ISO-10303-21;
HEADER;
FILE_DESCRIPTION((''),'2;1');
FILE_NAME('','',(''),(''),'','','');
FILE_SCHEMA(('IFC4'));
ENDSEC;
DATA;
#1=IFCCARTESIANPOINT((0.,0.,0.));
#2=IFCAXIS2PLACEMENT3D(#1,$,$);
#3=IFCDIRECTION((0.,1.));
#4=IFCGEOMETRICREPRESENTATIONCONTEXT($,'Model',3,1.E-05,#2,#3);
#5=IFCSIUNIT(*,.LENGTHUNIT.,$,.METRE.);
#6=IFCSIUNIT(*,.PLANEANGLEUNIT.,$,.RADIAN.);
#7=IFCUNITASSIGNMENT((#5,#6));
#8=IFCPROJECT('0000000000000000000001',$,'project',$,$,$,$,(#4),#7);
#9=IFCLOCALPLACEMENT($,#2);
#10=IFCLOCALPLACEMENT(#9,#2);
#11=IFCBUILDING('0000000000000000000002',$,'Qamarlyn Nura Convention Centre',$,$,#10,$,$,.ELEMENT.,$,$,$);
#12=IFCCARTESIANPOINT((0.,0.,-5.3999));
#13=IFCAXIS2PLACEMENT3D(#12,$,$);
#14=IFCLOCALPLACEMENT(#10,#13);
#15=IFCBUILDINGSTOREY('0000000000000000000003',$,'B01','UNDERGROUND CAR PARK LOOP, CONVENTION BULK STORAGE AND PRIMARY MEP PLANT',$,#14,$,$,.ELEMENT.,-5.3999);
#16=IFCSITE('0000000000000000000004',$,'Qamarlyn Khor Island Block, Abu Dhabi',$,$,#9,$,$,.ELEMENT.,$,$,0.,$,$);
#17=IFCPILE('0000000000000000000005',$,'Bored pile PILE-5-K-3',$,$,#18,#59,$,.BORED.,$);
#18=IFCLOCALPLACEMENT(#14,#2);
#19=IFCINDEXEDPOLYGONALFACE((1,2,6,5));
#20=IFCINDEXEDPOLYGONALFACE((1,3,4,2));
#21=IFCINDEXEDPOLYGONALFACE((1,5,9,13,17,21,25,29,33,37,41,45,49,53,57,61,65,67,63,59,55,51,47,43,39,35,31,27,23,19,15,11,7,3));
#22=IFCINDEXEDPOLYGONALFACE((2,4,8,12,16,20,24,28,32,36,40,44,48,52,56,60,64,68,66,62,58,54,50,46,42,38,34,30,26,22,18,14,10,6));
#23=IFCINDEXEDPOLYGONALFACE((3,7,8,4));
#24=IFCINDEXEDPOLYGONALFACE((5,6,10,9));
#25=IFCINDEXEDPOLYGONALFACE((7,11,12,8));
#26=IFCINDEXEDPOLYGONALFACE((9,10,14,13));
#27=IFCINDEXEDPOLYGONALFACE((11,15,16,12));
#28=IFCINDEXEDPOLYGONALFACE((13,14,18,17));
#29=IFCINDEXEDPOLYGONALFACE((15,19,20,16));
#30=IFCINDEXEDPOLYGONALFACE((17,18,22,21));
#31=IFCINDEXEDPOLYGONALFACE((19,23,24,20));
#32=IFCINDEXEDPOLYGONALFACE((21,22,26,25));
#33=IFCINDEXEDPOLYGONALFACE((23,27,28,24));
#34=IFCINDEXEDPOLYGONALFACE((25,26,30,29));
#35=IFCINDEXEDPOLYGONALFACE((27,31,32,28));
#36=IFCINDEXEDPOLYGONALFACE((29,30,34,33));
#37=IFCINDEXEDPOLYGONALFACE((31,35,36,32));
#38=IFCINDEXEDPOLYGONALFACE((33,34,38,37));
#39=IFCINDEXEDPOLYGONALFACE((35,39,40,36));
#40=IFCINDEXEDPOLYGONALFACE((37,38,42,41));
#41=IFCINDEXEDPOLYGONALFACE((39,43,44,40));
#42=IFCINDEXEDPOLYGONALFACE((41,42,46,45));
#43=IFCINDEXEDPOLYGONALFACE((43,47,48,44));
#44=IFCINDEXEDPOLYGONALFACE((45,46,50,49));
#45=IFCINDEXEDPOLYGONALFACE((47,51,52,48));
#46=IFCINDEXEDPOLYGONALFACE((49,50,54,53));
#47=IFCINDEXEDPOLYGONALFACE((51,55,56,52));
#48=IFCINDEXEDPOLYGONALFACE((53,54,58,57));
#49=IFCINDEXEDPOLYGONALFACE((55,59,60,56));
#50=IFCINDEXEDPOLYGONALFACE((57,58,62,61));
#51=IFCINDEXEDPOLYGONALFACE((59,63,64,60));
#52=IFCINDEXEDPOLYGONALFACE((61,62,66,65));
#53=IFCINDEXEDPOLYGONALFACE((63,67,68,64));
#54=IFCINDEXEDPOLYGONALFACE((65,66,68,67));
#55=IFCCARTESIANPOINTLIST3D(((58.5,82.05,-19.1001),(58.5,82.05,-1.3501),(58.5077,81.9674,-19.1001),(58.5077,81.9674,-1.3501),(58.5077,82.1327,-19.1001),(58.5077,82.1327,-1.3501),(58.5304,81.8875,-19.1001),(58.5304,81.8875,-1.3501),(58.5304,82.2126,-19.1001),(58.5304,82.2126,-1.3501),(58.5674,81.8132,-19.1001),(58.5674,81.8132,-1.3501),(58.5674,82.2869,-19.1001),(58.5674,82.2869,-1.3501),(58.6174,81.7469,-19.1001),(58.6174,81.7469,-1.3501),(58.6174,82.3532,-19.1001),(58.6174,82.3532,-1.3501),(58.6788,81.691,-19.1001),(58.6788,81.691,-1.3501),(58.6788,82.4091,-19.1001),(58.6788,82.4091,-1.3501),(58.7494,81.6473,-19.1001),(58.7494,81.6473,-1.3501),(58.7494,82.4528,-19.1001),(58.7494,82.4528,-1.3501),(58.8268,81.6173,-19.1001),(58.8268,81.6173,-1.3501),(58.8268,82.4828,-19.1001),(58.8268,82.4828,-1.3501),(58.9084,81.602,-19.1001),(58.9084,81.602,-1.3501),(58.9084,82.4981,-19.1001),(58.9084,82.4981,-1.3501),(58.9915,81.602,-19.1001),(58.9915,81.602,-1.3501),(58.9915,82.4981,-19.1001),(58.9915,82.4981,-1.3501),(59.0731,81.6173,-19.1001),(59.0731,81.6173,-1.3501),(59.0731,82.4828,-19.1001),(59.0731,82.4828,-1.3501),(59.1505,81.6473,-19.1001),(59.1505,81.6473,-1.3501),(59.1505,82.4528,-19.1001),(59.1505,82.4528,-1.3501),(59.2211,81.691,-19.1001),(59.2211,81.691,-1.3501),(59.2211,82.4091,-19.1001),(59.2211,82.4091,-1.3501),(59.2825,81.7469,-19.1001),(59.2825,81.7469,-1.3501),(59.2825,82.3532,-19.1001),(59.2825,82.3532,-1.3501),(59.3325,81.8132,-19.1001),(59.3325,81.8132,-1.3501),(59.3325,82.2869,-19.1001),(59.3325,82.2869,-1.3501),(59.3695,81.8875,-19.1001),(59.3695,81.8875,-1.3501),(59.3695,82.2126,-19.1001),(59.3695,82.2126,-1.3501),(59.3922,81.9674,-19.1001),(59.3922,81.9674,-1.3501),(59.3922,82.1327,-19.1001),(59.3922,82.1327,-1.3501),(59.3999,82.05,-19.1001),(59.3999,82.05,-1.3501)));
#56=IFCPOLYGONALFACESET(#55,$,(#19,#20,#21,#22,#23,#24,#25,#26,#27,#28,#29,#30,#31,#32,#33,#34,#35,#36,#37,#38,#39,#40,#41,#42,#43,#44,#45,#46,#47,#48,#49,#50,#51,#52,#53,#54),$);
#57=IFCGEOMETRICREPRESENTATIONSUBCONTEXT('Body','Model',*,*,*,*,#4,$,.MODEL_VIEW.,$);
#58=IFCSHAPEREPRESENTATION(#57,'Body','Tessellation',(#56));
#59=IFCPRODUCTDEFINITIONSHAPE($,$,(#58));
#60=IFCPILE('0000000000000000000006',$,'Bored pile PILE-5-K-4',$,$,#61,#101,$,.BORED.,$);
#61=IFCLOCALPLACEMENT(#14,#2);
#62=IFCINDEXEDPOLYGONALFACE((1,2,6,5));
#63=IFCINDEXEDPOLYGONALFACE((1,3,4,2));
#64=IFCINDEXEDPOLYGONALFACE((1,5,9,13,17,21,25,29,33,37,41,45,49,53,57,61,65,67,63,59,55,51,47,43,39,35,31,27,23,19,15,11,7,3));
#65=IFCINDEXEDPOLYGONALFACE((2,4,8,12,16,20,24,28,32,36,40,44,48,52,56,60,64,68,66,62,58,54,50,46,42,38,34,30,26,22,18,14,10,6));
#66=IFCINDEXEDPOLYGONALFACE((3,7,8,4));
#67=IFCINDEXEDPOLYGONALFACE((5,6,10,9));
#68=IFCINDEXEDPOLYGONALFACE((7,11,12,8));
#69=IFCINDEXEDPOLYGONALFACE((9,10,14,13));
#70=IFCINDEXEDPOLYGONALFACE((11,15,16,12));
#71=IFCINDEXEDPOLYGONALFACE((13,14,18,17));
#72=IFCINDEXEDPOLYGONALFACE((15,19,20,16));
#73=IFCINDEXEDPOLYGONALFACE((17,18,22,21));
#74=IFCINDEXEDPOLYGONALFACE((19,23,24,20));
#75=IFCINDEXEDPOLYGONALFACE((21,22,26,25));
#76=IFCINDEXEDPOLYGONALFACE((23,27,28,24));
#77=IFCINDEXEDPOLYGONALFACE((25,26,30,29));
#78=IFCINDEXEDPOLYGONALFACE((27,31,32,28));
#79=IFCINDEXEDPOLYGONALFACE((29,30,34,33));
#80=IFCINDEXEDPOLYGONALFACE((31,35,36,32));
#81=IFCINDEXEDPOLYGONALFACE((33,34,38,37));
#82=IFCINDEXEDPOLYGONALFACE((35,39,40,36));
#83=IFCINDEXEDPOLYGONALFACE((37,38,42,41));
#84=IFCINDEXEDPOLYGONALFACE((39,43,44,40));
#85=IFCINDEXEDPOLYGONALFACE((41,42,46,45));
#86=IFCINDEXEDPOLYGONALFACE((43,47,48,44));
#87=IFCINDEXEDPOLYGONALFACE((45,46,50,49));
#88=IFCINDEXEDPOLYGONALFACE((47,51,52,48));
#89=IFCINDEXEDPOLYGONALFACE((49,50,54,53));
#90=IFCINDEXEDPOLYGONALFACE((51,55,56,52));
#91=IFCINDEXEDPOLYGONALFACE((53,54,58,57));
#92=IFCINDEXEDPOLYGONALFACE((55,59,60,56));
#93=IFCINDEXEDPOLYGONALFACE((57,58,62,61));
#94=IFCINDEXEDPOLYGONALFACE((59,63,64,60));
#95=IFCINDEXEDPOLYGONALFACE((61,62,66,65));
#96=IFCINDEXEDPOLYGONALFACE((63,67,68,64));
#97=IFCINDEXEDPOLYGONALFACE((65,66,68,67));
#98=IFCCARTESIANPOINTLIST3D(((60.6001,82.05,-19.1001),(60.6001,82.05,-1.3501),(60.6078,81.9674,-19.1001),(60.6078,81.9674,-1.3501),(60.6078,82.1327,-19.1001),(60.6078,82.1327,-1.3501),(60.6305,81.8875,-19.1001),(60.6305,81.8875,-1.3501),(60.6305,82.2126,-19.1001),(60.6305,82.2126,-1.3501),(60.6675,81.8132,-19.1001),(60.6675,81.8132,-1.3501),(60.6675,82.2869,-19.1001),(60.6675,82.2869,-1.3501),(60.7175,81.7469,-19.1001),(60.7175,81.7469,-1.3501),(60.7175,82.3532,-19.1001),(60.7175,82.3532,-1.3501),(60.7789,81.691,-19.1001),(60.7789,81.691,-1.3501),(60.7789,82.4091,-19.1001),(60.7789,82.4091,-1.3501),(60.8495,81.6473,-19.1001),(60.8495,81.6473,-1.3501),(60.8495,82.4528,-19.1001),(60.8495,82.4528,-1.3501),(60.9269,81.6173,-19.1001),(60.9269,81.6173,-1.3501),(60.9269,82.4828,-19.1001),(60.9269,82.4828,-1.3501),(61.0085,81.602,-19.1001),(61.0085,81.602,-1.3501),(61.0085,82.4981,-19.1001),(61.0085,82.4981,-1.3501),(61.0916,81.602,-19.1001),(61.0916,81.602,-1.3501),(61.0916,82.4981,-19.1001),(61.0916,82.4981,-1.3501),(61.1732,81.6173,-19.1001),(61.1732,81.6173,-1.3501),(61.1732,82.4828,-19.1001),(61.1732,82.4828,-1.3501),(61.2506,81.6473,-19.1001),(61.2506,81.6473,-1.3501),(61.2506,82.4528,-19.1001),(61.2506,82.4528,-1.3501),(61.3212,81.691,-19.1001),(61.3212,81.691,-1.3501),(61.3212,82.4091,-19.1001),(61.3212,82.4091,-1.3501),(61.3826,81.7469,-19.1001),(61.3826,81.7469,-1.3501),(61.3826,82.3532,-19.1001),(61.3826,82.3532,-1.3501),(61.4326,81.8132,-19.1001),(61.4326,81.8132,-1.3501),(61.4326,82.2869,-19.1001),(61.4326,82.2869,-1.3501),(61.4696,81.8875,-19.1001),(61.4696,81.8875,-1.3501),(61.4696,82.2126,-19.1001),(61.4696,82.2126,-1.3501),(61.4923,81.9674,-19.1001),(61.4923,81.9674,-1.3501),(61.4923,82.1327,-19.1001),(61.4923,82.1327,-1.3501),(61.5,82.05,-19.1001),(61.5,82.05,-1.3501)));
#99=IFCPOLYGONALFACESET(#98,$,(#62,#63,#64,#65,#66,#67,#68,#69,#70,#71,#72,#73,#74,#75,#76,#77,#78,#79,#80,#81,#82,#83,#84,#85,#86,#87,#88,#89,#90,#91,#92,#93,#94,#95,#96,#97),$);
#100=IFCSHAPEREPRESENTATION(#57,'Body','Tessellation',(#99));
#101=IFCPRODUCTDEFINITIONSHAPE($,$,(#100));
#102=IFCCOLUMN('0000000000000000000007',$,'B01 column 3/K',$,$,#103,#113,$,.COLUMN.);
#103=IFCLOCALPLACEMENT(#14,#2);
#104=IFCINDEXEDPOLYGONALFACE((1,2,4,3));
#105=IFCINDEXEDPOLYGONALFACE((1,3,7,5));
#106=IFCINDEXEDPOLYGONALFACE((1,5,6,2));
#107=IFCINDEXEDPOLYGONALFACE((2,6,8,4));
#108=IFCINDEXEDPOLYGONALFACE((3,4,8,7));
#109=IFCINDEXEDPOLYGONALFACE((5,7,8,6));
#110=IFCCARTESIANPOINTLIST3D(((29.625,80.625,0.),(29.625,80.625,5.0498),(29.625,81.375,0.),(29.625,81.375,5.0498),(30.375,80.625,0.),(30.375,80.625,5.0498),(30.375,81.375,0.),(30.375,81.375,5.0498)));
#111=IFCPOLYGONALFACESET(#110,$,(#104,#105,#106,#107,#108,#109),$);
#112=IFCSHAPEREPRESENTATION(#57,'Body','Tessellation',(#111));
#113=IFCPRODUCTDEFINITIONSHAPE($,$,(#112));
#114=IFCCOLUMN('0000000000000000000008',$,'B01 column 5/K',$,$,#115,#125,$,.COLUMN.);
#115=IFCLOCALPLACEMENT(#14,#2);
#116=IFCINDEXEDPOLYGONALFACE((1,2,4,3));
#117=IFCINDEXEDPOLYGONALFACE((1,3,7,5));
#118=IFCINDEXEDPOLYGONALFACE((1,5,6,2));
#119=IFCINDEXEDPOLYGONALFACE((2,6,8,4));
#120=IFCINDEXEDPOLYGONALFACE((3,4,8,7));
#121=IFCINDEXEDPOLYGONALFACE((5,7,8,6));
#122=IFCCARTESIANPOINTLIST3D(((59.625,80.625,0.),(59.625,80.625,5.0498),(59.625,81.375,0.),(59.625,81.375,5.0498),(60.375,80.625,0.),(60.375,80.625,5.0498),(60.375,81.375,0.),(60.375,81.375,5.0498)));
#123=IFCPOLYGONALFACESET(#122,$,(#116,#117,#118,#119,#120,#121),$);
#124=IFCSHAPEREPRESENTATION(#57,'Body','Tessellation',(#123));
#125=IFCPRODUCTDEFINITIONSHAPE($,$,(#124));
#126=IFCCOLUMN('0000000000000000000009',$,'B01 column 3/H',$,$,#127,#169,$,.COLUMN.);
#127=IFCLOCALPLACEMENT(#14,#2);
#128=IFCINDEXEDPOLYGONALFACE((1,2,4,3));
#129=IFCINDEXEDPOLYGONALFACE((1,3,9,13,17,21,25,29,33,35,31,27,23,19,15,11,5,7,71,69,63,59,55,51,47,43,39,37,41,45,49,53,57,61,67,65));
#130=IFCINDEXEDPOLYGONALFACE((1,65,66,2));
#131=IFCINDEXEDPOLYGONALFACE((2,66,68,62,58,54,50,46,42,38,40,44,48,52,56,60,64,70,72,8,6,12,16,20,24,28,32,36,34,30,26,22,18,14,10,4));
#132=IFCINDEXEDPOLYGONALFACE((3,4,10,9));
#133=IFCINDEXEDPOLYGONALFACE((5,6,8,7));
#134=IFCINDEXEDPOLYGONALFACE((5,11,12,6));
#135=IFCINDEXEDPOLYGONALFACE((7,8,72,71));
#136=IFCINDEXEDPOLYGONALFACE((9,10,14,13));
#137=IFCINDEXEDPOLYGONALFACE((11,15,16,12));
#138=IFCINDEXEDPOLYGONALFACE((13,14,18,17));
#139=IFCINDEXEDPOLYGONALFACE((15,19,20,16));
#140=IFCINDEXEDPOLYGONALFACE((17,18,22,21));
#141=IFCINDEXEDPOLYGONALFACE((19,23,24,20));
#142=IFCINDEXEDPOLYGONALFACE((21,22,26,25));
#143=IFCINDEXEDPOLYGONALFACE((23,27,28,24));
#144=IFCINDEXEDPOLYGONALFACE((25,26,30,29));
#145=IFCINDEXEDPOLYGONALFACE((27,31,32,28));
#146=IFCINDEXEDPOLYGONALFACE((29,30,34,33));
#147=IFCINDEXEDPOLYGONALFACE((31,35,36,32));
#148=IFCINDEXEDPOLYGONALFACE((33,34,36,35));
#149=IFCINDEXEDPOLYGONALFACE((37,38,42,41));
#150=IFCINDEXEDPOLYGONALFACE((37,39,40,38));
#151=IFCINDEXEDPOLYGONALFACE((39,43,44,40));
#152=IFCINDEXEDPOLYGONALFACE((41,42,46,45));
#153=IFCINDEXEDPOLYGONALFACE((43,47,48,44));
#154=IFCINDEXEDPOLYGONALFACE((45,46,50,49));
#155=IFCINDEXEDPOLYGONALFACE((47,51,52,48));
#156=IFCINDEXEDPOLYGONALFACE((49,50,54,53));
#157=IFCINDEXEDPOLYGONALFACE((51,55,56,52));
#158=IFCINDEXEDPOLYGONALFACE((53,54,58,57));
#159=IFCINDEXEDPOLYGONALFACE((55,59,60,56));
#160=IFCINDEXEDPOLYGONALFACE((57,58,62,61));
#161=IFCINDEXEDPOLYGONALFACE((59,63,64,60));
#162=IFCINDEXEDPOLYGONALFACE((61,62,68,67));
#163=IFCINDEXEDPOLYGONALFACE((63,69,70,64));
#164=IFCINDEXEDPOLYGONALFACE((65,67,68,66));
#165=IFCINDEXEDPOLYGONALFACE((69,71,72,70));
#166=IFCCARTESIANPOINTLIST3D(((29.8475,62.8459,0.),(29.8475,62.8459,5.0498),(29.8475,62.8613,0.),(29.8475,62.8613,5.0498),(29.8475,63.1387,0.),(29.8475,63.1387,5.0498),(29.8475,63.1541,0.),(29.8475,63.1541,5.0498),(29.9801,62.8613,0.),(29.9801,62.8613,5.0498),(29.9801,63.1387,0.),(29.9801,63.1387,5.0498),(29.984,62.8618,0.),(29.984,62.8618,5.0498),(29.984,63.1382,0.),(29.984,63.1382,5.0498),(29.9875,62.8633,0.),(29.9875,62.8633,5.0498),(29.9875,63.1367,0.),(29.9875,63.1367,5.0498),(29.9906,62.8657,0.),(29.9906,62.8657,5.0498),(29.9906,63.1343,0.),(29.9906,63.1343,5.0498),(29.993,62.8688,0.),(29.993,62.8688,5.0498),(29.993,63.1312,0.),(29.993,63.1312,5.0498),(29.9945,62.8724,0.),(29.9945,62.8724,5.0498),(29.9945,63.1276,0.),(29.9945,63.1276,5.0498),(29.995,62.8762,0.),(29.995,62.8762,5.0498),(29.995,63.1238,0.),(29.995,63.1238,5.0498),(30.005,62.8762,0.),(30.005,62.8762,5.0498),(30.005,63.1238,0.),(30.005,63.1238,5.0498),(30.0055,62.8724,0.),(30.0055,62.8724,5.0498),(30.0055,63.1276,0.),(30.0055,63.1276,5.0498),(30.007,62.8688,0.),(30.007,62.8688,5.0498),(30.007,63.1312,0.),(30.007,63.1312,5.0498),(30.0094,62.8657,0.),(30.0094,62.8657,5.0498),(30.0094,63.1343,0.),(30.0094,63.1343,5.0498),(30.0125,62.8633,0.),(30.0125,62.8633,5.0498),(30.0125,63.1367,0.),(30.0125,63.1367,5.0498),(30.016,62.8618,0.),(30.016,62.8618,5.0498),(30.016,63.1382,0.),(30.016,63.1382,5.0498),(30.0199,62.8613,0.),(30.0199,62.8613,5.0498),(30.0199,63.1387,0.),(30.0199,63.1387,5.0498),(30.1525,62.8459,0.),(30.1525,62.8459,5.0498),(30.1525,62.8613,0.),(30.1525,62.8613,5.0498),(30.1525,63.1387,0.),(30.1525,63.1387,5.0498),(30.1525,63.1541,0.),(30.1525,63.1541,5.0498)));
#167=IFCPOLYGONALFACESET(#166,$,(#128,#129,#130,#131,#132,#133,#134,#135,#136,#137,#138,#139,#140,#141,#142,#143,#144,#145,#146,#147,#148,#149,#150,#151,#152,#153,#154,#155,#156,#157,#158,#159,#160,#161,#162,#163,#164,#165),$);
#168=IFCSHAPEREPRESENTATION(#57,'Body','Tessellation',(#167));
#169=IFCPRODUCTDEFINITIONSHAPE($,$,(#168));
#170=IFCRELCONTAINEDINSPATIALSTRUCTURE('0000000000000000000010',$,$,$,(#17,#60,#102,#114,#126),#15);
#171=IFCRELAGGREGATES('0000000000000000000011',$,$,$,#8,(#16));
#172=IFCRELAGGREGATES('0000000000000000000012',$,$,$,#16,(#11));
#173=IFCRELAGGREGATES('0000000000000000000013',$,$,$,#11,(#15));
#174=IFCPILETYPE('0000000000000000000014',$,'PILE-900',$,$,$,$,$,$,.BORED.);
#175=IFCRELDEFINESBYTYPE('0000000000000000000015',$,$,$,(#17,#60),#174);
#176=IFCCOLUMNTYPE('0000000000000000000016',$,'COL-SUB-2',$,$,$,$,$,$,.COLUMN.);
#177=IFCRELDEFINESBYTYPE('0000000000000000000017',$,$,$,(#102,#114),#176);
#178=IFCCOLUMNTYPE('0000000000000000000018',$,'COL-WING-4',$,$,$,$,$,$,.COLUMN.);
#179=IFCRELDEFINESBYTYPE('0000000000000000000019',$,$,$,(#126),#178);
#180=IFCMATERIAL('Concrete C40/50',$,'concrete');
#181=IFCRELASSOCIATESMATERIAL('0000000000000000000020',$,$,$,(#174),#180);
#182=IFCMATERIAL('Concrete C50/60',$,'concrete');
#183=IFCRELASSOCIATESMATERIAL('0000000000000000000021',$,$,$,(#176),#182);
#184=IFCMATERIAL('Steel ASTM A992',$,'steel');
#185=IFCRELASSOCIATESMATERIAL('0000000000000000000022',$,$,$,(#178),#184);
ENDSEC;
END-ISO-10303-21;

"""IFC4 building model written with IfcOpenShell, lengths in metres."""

from ifc_helpers import new_model, si_unit, direction, frame, origin, origin_2d, place, context, subcontext, project, spatial, rectangle, circle, i_section, extrude, material, material_profile, profile_set, type_object, element, save


model = new_model("IFC4")

# Units and contexts
model_context = context("Model", 3, precision=1e-05, world=origin(), true_north=direction((0.0, 1.0)))
body_context = subcontext(model_context, "Body", "Model", "MODEL_VIEW")
ifc_project = project(units=[si_unit("LENGTHUNIT", "METRE"), si_unit("PLANEANGLEUNIT", "RADIAN")], contexts=[model_context])

# Site, building, storey
site_placement = place(None, origin())
site = spatial("IfcSite", under=ifc_project, at=site_placement, Name="Qamarlyn Khor Island Block, Abu Dhabi", CompositionType="ELEMENT", RefElevation=0.0)
building_placement = place(site_placement, origin())
building = spatial("IfcBuilding", under=site, at=building_placement, Name="Qamarlyn Nura Convention Centre", CompositionType="ELEMENT")
storey_placement = place(building_placement, frame((0.0, 0.0, -5.3999)))
storey = spatial("IfcBuildingStorey", under=building, at=storey_placement, Name="B01", Description="UNDERGROUND CAR PARK LOOP, CONVENTION BULK STORAGE AND PRIMARY MEP PLANT", CompositionType="ELEMENT", Elevation=-5.3999)

# Shared definitions
ifc_material_1 = material(Name="Concrete C40/50", Category="concrete")

# Piles
ifc_material_profile_1 = material_profile(ifc_material_1, circle(Radius=0.45, at=origin_2d()), Name="BORED PILE 900")
ifc_profile_set_1 = profile_set([ifc_material_profile_1], Name="Concrete C40/50")
pile_type_1 = type_object("IfcPileType", Name="PILE-900", PredefinedType="BORED", material=ifc_profile_set_1)
for number, where, z_axis, x_axis, name in (
    (1, (58.95, 82.05, -1.3501), (0.0, 0.0, -1.0), (1.0, 0.0, 0.0), "Bored pile PILE-5-K-3"),
    (2, (61.05, 82.05, -1.3501), (0.0, 0.0, -1.0), (1.0, 0.0, 0.0), "Bored pile PILE-5-K-4"),
):
    element("IfcPile", number, at=place(storey_placement, frame(where, z_axis=z_axis, x_axis=x_axis)), inside=storey, type_object=pile_type_1, Name=name, PredefinedType="BORED", context=body_context, shape_type="SweptSolid", body=[
        extrude(circle(Radius=0.45, at=origin_2d()), origin(), (0.0, 0.0, 1.0), 17.75),
    ])

# Columns
ifc_material_2 = material(Name="Concrete C50/60", Category="concrete")
ifc_material_profile_2 = material_profile(ifc_material_2, rectangle(XDim=0.75, YDim=0.75, at=origin_2d()), Name="RC 750x750")
ifc_profile_set_2 = profile_set([ifc_material_profile_2], Name="Concrete C50/60")
column_type_1 = type_object("IfcColumnType", Name="COL-SUB-2", PredefinedType="COLUMN", material=ifc_profile_set_2)
for number, where, z_axis, x_axis, name in (
    (3, (30.0, 81.0, 0.0), (0.0, 0.0, 1.0), (1.0, 0.0, 0.0), "B01 column 3/K"),
    (4, (60.0, 81.0, 0.0), (0.0, 0.0, 1.0), (1.0, 0.0, 0.0), "B01 column 5/K"),
):
    element("IfcColumn", number, at=place(storey_placement, frame(where, z_axis=z_axis, x_axis=x_axis)), inside=storey, type_object=column_type_1, Name=name, PredefinedType="COLUMN", context=body_context, shape_type="SweptSolid", body=[
        extrude(rectangle(XDim=0.75, YDim=0.75, at=origin_2d()), origin(), (0.0, 0.0, 1.0), 5.0498),
    ])
ifc_material_3 = material(Name="Steel ASTM A992", Category="steel")
ifc_material_profile_3 = material_profile(ifc_material_3, i_section(OverallWidth=0.3049, OverallDepth=0.3081, WebThickness=0.01, FlangeThickness=0.0154, FilletRadius=0.0149, at=origin_2d()), Name="W310X97")
ifc_profile_set_3 = profile_set([ifc_material_profile_3], Name="Steel ASTM A992")
column_type_2 = type_object("IfcColumnType", Name="COL-WING-4", PredefinedType="COLUMN", material=ifc_profile_set_3)
for number, where, z_axis, x_axis, name in (
    (5, (30.0, 63.0, 0.0), (0.0, 0.0, 1.0), (1.0, 0.0, 0.0), "B01 column 3/H"),
):
    element("IfcColumn", number, at=place(storey_placement, frame(where, z_axis=z_axis, x_axis=x_axis)), inside=storey, type_object=column_type_2, Name=name, PredefinedType="COLUMN", context=body_context, shape_type="SweptSolid", body=[
        extrude(i_section(OverallWidth=0.3049, OverallDepth=0.3081, WebThickness=0.01, FlangeThickness=0.0154, FilletRadius=0.0149, at=origin_2d()), origin(), (0.0, 0.0, 1.0), 5.0498),
    ])

save(model, "model.ifc")
